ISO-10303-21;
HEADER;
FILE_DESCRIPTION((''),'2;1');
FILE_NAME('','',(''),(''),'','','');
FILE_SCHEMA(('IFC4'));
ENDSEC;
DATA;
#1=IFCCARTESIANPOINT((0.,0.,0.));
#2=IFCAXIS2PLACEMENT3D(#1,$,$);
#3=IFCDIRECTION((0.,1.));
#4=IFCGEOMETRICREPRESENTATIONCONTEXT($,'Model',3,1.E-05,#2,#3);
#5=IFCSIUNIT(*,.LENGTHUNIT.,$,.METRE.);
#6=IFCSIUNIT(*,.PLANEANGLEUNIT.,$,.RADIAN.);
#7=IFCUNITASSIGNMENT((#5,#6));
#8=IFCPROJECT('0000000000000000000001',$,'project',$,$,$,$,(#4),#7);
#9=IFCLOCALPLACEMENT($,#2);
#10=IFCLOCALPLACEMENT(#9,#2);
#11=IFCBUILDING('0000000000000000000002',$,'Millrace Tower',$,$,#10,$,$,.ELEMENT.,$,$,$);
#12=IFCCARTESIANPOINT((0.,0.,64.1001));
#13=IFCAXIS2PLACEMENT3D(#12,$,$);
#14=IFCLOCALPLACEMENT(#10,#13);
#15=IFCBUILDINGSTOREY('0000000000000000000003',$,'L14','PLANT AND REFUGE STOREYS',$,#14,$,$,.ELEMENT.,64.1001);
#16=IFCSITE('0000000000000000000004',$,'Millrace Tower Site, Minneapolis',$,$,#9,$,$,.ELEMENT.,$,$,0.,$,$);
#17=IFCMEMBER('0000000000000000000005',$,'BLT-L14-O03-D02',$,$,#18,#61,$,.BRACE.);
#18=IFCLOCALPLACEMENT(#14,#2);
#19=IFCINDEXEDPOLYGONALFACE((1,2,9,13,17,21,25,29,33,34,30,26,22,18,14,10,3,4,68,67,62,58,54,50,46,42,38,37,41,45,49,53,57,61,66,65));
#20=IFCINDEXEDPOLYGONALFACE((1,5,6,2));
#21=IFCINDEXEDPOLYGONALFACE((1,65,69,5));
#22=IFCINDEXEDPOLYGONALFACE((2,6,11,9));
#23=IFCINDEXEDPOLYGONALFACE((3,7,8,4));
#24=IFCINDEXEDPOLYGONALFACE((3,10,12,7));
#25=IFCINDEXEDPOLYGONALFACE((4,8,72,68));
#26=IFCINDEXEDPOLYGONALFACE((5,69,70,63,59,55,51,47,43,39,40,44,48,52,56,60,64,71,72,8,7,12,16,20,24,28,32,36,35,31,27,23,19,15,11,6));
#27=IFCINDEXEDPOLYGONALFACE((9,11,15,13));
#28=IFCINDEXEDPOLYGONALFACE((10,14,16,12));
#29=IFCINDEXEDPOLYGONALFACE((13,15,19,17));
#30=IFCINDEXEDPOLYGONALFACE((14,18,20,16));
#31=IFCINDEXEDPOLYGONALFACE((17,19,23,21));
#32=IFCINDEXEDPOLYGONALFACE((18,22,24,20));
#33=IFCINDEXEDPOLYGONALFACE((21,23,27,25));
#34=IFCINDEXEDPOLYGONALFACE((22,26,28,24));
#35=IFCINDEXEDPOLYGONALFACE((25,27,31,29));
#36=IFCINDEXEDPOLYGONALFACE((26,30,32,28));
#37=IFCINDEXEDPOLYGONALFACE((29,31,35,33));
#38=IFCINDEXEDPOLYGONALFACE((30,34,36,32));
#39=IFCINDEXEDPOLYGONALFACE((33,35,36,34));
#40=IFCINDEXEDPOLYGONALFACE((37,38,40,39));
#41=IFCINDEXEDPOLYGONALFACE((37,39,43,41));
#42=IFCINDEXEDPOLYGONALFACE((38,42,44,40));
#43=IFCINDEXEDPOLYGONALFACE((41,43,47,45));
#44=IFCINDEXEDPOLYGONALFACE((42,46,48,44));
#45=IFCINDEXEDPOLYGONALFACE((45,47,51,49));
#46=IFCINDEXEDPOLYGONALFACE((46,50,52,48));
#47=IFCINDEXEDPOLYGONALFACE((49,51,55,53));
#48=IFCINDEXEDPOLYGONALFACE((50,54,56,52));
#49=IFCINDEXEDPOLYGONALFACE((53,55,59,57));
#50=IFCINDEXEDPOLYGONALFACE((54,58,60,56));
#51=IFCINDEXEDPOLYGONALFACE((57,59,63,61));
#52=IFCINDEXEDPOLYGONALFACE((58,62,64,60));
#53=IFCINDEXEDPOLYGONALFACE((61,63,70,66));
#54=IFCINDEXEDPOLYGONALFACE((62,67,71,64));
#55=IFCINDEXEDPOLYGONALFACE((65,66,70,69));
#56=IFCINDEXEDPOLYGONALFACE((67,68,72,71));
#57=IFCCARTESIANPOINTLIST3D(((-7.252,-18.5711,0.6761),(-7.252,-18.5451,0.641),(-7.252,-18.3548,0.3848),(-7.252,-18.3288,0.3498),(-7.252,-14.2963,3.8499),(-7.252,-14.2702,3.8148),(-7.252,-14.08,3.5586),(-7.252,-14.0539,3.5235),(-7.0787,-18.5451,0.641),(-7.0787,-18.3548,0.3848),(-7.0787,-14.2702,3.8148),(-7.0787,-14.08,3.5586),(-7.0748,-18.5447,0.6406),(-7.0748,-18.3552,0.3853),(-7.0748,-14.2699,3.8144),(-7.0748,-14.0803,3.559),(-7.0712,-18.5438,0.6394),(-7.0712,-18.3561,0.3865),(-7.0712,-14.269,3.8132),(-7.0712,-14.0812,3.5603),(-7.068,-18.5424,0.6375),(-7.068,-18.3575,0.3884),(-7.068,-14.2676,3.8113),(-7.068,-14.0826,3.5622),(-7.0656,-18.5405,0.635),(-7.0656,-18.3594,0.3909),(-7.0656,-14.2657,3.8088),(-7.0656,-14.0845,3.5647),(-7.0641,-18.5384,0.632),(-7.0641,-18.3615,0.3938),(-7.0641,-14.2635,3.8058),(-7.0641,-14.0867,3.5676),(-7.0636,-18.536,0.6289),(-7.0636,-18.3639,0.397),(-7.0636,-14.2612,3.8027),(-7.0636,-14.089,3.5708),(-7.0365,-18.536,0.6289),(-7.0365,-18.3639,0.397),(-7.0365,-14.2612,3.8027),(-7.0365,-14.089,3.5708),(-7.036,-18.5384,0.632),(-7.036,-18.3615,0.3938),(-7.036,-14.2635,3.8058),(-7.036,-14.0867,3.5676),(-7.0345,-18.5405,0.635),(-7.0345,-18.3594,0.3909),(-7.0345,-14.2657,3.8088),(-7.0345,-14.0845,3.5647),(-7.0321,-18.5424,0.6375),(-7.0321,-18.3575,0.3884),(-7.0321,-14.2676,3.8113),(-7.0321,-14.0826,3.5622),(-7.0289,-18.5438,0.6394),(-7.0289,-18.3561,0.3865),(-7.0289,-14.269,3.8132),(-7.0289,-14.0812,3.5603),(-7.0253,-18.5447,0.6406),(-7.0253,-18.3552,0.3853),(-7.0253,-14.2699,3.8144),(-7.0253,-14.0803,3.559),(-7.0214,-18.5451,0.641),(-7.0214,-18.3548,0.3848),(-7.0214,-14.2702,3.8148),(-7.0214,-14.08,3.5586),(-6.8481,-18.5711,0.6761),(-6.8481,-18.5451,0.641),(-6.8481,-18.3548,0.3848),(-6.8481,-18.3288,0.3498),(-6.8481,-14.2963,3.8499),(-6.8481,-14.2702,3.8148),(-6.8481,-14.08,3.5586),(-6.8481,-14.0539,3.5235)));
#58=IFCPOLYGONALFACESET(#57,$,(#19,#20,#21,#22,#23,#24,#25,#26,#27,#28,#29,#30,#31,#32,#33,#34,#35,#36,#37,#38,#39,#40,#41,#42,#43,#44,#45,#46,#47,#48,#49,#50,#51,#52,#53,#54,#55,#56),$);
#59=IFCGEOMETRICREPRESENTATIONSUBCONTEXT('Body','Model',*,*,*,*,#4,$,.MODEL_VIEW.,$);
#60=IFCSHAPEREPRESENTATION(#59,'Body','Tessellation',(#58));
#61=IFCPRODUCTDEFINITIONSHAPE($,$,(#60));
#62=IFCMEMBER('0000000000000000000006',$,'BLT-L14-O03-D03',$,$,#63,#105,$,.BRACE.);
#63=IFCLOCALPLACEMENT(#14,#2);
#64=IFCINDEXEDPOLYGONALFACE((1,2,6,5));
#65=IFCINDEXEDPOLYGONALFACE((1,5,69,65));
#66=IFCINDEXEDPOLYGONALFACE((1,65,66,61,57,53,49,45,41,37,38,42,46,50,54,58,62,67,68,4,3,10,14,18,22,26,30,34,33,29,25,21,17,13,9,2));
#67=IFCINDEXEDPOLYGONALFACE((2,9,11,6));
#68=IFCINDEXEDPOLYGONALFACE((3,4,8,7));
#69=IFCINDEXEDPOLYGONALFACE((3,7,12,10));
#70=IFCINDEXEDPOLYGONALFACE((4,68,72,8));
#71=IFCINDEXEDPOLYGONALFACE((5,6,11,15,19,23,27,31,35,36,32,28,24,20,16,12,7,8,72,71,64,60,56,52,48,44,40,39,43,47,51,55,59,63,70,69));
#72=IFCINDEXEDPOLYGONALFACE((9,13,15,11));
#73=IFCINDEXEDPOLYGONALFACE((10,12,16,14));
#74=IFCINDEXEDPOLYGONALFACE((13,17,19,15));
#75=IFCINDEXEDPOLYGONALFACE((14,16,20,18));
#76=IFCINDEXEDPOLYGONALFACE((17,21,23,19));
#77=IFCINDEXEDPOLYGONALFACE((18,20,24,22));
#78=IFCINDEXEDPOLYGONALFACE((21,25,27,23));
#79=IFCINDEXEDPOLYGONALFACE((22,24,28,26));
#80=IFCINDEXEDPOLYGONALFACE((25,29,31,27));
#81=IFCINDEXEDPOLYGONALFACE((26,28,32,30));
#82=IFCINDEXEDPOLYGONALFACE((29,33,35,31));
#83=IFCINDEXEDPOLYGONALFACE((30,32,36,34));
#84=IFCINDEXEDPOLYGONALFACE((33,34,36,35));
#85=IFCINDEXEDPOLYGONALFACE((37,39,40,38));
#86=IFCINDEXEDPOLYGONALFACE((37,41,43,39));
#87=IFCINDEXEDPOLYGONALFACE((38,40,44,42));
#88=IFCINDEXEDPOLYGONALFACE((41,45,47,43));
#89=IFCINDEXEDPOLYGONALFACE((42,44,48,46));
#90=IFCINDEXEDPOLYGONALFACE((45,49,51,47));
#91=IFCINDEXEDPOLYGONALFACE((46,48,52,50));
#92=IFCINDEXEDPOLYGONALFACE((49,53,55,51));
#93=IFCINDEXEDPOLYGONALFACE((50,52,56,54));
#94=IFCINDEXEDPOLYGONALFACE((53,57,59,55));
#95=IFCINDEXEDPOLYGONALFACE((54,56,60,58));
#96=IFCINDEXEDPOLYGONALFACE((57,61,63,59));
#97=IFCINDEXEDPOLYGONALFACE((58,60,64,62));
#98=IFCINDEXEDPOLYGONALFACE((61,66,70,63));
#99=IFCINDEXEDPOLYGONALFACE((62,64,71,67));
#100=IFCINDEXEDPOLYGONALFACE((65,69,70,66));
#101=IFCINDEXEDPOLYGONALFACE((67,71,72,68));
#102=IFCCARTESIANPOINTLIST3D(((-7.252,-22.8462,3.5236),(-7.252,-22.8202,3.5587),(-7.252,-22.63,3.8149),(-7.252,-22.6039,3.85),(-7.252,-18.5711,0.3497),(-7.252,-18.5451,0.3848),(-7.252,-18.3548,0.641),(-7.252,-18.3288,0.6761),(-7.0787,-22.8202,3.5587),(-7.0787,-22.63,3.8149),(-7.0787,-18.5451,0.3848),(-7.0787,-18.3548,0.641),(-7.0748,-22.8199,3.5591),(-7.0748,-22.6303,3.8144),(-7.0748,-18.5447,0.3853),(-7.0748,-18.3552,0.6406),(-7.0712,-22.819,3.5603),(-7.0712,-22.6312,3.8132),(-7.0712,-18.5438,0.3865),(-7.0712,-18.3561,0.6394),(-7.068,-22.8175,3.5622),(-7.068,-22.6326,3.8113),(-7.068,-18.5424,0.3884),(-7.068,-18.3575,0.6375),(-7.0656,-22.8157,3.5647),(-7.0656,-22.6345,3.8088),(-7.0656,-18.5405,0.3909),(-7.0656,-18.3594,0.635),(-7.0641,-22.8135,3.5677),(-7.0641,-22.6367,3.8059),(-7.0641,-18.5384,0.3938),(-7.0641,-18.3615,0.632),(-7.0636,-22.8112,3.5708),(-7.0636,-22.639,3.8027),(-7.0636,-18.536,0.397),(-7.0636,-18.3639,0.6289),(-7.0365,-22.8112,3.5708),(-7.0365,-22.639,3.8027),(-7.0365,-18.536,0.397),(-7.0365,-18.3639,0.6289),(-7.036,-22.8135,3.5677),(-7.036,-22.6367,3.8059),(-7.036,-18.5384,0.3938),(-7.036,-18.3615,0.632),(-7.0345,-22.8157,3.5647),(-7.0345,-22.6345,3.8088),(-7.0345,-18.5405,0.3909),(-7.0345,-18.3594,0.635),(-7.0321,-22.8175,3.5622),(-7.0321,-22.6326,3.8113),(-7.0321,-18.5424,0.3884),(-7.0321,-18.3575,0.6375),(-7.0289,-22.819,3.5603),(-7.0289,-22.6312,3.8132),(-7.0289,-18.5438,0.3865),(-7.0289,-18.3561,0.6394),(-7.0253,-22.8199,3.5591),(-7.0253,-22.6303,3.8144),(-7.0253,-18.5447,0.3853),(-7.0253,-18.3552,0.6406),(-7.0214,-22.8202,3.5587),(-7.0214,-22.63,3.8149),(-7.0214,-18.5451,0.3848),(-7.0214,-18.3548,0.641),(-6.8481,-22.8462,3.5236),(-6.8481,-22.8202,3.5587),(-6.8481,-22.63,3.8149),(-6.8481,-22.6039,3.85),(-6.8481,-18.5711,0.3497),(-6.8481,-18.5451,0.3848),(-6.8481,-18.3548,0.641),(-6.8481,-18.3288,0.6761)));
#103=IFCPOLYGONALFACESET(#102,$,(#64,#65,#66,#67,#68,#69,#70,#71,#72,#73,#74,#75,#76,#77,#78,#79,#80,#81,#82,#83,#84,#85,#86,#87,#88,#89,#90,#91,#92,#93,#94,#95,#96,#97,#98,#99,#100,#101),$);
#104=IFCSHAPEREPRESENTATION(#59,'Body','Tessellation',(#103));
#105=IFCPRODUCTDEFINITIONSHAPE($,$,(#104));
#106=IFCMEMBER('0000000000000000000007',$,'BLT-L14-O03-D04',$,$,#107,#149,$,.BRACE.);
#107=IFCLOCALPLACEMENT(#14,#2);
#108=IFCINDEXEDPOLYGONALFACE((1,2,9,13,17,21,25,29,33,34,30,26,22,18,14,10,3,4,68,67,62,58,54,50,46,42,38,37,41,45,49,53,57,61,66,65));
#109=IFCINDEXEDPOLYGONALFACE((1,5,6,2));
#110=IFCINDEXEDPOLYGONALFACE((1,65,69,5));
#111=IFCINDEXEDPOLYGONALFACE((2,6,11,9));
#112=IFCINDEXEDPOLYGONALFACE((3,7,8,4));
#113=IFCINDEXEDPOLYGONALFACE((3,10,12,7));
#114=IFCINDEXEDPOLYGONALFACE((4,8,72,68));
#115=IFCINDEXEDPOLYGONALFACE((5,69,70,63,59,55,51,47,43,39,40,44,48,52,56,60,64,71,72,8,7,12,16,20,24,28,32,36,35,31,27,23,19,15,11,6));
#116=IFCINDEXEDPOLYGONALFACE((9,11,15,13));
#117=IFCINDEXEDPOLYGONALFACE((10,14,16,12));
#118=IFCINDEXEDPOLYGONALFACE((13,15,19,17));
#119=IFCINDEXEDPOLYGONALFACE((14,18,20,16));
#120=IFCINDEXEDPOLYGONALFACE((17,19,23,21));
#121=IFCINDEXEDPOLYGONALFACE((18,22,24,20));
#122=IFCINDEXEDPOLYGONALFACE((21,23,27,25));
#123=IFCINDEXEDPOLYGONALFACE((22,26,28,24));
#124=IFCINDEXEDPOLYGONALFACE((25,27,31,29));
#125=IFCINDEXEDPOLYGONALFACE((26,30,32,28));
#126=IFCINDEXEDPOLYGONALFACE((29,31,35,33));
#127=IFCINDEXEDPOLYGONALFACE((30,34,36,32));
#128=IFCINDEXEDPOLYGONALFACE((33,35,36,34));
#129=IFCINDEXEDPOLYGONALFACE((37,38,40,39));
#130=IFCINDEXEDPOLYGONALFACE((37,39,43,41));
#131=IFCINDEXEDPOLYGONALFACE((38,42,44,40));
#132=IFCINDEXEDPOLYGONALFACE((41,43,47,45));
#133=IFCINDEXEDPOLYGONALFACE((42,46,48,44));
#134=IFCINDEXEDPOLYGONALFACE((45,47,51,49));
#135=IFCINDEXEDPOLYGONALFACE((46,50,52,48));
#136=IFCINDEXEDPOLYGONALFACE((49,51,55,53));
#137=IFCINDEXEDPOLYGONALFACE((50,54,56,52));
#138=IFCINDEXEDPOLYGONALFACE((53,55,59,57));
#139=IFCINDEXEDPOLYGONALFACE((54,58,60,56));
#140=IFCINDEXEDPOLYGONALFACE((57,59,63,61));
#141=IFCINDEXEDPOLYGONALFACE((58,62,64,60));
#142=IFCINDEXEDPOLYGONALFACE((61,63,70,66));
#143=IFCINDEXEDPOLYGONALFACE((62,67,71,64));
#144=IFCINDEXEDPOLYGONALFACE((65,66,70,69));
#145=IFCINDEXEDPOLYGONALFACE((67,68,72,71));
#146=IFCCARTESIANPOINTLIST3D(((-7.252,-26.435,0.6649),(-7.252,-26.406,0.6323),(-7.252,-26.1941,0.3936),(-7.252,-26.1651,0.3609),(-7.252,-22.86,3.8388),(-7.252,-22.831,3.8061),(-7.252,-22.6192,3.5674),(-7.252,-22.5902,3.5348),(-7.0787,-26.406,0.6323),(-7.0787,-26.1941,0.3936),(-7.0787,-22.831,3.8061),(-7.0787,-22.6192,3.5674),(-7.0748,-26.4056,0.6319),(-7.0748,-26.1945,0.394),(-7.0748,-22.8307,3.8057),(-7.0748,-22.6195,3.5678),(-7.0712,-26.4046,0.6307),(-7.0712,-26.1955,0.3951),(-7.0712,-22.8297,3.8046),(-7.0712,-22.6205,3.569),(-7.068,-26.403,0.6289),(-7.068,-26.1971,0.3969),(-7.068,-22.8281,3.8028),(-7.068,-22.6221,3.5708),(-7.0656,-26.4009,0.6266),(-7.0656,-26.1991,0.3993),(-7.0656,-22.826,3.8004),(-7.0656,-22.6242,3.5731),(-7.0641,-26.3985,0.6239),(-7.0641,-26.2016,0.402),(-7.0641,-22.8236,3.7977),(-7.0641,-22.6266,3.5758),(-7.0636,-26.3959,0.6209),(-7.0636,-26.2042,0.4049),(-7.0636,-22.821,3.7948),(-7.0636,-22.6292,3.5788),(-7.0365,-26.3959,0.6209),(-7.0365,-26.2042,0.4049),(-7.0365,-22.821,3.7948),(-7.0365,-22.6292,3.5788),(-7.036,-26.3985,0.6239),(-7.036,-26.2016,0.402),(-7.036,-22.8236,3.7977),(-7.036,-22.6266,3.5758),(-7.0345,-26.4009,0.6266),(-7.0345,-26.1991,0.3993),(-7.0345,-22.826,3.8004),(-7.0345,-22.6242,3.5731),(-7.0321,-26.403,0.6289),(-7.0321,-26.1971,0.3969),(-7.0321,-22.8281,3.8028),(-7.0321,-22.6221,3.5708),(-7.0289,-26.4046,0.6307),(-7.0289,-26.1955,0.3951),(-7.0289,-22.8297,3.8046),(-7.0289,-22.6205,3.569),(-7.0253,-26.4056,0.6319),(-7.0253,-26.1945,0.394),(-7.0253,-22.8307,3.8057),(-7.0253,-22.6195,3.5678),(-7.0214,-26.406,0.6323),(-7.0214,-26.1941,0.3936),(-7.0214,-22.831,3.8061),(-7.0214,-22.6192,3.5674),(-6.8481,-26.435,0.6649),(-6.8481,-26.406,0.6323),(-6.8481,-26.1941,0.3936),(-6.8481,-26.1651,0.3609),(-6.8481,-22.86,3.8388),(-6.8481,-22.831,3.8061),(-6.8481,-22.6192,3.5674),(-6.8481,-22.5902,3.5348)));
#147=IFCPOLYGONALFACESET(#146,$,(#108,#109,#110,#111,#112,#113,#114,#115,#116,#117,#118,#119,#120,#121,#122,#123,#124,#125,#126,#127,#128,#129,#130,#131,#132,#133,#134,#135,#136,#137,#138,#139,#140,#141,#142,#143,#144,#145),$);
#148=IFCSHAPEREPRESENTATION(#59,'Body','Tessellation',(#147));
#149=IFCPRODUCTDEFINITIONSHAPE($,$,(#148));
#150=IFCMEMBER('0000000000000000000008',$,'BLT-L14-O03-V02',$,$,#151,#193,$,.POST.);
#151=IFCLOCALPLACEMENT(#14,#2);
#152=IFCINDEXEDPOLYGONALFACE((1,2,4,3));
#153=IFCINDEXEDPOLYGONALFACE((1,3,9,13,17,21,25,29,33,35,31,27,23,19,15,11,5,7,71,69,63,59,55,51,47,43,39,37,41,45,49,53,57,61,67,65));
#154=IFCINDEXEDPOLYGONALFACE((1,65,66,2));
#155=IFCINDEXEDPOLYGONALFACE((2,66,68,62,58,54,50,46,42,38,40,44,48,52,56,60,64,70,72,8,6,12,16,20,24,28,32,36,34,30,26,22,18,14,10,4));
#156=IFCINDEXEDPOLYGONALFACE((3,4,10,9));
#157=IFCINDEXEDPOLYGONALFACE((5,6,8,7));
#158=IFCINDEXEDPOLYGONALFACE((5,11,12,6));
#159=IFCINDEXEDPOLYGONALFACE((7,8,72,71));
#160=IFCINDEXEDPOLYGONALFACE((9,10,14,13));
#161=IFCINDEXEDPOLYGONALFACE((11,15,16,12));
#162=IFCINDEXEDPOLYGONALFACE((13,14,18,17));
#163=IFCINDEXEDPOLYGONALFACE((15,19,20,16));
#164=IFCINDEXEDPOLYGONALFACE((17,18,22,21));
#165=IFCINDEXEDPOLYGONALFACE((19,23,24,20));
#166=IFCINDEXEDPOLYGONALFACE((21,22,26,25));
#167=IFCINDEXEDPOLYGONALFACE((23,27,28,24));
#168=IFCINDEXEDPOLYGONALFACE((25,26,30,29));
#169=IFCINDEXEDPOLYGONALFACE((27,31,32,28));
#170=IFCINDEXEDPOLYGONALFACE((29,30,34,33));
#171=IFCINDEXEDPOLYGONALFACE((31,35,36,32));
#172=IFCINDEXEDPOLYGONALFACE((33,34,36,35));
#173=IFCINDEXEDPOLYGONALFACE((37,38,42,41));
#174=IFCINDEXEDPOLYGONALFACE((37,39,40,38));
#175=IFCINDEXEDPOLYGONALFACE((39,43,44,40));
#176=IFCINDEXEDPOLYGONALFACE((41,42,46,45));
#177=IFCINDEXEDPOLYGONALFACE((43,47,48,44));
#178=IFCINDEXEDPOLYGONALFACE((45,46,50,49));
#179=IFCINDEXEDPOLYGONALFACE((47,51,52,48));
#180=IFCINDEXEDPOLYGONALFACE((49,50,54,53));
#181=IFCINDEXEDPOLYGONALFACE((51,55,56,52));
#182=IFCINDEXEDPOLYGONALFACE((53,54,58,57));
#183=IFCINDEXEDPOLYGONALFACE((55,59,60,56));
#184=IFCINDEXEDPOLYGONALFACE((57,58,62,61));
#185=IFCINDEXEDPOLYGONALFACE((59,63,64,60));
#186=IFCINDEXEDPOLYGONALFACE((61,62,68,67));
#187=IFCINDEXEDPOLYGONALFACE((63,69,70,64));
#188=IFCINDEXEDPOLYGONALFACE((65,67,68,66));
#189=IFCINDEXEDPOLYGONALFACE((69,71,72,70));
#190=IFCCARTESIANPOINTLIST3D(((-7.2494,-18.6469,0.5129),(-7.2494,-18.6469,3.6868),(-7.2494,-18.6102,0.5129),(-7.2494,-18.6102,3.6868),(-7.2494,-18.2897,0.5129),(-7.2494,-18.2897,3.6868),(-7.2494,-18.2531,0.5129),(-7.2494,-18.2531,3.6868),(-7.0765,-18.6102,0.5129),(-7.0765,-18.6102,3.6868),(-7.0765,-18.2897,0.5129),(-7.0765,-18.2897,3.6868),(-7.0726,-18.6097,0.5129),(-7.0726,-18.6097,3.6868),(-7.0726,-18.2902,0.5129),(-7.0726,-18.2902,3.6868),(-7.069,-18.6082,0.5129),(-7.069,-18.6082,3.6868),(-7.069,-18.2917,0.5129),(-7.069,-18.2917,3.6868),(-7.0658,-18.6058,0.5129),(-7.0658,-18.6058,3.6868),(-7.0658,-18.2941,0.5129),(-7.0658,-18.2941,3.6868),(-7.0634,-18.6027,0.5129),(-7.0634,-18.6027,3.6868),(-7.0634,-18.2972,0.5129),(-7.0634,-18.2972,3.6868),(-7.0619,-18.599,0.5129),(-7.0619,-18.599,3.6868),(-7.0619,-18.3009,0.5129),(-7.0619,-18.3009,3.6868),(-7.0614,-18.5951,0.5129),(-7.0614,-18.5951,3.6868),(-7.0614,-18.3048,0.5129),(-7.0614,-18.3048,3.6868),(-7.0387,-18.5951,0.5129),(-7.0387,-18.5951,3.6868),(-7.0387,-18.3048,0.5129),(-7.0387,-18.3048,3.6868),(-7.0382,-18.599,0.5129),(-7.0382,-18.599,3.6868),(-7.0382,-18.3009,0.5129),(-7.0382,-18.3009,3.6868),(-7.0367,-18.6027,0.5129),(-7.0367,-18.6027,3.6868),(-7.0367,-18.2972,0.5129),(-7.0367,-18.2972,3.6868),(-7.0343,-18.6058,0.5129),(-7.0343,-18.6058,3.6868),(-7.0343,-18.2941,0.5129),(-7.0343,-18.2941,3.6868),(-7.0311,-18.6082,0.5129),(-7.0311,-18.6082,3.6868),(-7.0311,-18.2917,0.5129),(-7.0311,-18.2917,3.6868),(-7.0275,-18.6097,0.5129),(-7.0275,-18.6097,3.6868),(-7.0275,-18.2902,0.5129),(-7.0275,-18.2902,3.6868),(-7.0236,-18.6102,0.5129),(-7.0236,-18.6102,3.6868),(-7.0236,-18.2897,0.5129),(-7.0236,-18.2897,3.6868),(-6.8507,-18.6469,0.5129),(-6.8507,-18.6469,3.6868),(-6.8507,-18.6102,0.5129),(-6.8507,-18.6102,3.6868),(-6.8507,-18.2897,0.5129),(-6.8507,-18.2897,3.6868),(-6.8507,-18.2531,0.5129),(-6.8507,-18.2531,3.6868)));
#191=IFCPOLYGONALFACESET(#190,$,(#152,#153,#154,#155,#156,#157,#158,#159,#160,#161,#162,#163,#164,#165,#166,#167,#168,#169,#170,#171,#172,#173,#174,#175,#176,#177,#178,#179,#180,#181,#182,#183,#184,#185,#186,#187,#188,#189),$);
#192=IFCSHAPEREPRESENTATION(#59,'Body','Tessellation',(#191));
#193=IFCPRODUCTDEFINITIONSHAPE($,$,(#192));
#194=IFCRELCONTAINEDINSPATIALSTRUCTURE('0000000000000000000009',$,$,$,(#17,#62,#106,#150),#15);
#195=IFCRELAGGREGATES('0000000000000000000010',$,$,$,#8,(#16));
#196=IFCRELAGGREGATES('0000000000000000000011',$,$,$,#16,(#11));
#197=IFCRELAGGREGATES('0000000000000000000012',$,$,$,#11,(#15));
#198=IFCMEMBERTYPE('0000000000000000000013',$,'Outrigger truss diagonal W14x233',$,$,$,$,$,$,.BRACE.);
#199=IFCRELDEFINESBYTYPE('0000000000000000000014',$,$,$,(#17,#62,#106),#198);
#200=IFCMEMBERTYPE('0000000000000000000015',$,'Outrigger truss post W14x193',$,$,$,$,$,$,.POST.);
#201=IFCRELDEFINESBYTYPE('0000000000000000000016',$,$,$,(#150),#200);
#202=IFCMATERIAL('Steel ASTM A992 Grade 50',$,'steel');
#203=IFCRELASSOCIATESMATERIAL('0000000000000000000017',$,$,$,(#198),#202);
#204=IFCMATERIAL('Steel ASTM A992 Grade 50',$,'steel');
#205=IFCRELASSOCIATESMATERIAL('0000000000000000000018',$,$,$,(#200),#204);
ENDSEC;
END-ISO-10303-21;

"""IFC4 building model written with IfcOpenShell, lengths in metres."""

from ifc_helpers import new_model, si_unit, direction, frame, origin, origin_2d, place, context, subcontext, project, spatial, i_section, extrude, material, material_profile, profile_set, type_object, element, save


model = new_model("IFC4")

# Units and contexts
model_context = context("Model", 3, precision=1e-05, world=origin(), true_north=direction((0.0, 1.0)))
body_context = subcontext(model_context, "Body", "Model", "MODEL_VIEW")
ifc_project = project(units=[si_unit("LENGTHUNIT", "METRE"), si_unit("PLANEANGLEUNIT", "RADIAN")], contexts=[model_context])

# Site, building, storey
site_placement = place(None, origin())
site = spatial("IfcSite", under=ifc_project, at=site_placement, Name="Millrace Tower Site, Minneapolis", CompositionType="ELEMENT", RefElevation=0.0)
building_placement = place(site_placement, origin())
building = spatial("IfcBuilding", under=site, at=building_placement, Name="Millrace Tower", CompositionType="ELEMENT")
storey_placement = place(building_placement, frame((0.0, 0.0, 64.1001)))
storey = spatial("IfcBuildingStorey", under=building, at=storey_placement, Name="L14", Description="PLANT AND REFUGE STOREYS", CompositionType="ELEMENT", Elevation=64.1001)

# Members
ifc_material_1 = material(Name="Steel ASTM A992 Grade 50", Category="steel")
ifc_material_profile_1 = material_profile(ifc_material_1, i_section(OverallWidth=0.4038, OverallDepth=0.4065, WebThickness=0.0271, FlangeThickness=0.0437, FilletRadius=0.0151, at=origin_2d()))
ifc_profile_set_1 = profile_set([ifc_material_profile_1], Name="Steel ASTM A992 Grade 50")
member_type_1 = type_object("IfcMemberType", Name="Outrigger truss diagonal W14x233", PredefinedType="BRACE", material=ifc_profile_set_1)
member_1_placement = place(storey_placement, frame((-7.05, -18.45, 0.5129), z_axis=(0.0, 0.802907, 0.596104), x_axis=(-1.0, 0.0, 0.0)))
element("IfcMember", 1, at=member_1_placement, inside=storey, type_object=member_type_1, Name="BLT-L14-O03-D02", PredefinedType="BRACE", context=body_context, shape_type="SweptSolid", body=[
    extrude(i_section(OverallWidth=0.4038, OverallDepth=0.4065, WebThickness=0.0271, FlangeThickness=0.0437, FilletRadius=0.0151, at=origin_2d()), origin(), (0.0, 0.0, 1.0), 5.3242),
])
member_2_placement = place(storey_placement, frame((-7.05, -18.45, 0.5129), z_axis=(0.0, -0.802923, 0.596083), x_axis=(1.0, 0.0, 0.0)))
element("IfcMember", 2, at=member_2_placement, inside=storey, type_object=member_type_1, Name="BLT-L14-O03-D03", PredefinedType="BRACE", context=body_context, shape_type="SweptSolid", body=[
    extrude(i_section(OverallWidth=0.4038, OverallDepth=0.4065, WebThickness=0.0271, FlangeThickness=0.0437, FilletRadius=0.0151, at=origin_2d()), origin(), (0.0, 0.0, 1.0), 5.3245),
])
member_3_placement = place(storey_placement, frame((-7.05, -26.3, 0.5129), z_axis=(0.0, 0.747815, 0.663907), x_axis=(-1.0, 0.0, 0.0)))
element("IfcMember", 3, at=member_3_placement, inside=storey, type_object=member_type_1, Name="BLT-L14-O03-D04", PredefinedType="BRACE", context=body_context, shape_type="SweptSolid", body=[
    extrude(i_section(OverallWidth=0.4038, OverallDepth=0.4065, WebThickness=0.0271, FlangeThickness=0.0437, FilletRadius=0.0151, at=origin_2d()), origin(), (0.0, 0.0, 1.0), 4.7805),
])
ifc_material_2 = material(Name="Steel ASTM A992 Grade 50", Category="steel")
ifc_material_profile_2 = material_profile(ifc_material_2, i_section(OverallWidth=0.3987, OverallDepth=0.3938, WebThickness=0.0227, FlangeThickness=0.0366, FilletRadius=0.0151, at=origin_2d()))
ifc_profile_set_2 = profile_set([ifc_material_profile_2], Name="Steel ASTM A992 Grade 50")
member_type_2 = type_object("IfcMemberType", Name="Outrigger truss post W14x193", PredefinedType="POST", material=ifc_profile_set_2)
for number, where, z_axis, x_axis, name in (
    (4, (-7.05, -18.45, 0.5129), (0.0, 0.0, 1.0), (1.0, 0.0, 0.0), "BLT-L14-O03-V02"),
):
    element("IfcMember", number, at=place(storey_placement, frame(where, z_axis=z_axis, x_axis=x_axis)), inside=storey, type_object=member_type_2, Name=name, PredefinedType="POST", context=body_context, shape_type="SweptSolid", body=[
        extrude(i_section(OverallWidth=0.3987, OverallDepth=0.3938, WebThickness=0.0227, FlangeThickness=0.0366, FilletRadius=0.0151, at=origin_2d()), origin(), (0.0, 0.0, 1.0), 3.1738),
    ])

save(model, "model.ifc")
